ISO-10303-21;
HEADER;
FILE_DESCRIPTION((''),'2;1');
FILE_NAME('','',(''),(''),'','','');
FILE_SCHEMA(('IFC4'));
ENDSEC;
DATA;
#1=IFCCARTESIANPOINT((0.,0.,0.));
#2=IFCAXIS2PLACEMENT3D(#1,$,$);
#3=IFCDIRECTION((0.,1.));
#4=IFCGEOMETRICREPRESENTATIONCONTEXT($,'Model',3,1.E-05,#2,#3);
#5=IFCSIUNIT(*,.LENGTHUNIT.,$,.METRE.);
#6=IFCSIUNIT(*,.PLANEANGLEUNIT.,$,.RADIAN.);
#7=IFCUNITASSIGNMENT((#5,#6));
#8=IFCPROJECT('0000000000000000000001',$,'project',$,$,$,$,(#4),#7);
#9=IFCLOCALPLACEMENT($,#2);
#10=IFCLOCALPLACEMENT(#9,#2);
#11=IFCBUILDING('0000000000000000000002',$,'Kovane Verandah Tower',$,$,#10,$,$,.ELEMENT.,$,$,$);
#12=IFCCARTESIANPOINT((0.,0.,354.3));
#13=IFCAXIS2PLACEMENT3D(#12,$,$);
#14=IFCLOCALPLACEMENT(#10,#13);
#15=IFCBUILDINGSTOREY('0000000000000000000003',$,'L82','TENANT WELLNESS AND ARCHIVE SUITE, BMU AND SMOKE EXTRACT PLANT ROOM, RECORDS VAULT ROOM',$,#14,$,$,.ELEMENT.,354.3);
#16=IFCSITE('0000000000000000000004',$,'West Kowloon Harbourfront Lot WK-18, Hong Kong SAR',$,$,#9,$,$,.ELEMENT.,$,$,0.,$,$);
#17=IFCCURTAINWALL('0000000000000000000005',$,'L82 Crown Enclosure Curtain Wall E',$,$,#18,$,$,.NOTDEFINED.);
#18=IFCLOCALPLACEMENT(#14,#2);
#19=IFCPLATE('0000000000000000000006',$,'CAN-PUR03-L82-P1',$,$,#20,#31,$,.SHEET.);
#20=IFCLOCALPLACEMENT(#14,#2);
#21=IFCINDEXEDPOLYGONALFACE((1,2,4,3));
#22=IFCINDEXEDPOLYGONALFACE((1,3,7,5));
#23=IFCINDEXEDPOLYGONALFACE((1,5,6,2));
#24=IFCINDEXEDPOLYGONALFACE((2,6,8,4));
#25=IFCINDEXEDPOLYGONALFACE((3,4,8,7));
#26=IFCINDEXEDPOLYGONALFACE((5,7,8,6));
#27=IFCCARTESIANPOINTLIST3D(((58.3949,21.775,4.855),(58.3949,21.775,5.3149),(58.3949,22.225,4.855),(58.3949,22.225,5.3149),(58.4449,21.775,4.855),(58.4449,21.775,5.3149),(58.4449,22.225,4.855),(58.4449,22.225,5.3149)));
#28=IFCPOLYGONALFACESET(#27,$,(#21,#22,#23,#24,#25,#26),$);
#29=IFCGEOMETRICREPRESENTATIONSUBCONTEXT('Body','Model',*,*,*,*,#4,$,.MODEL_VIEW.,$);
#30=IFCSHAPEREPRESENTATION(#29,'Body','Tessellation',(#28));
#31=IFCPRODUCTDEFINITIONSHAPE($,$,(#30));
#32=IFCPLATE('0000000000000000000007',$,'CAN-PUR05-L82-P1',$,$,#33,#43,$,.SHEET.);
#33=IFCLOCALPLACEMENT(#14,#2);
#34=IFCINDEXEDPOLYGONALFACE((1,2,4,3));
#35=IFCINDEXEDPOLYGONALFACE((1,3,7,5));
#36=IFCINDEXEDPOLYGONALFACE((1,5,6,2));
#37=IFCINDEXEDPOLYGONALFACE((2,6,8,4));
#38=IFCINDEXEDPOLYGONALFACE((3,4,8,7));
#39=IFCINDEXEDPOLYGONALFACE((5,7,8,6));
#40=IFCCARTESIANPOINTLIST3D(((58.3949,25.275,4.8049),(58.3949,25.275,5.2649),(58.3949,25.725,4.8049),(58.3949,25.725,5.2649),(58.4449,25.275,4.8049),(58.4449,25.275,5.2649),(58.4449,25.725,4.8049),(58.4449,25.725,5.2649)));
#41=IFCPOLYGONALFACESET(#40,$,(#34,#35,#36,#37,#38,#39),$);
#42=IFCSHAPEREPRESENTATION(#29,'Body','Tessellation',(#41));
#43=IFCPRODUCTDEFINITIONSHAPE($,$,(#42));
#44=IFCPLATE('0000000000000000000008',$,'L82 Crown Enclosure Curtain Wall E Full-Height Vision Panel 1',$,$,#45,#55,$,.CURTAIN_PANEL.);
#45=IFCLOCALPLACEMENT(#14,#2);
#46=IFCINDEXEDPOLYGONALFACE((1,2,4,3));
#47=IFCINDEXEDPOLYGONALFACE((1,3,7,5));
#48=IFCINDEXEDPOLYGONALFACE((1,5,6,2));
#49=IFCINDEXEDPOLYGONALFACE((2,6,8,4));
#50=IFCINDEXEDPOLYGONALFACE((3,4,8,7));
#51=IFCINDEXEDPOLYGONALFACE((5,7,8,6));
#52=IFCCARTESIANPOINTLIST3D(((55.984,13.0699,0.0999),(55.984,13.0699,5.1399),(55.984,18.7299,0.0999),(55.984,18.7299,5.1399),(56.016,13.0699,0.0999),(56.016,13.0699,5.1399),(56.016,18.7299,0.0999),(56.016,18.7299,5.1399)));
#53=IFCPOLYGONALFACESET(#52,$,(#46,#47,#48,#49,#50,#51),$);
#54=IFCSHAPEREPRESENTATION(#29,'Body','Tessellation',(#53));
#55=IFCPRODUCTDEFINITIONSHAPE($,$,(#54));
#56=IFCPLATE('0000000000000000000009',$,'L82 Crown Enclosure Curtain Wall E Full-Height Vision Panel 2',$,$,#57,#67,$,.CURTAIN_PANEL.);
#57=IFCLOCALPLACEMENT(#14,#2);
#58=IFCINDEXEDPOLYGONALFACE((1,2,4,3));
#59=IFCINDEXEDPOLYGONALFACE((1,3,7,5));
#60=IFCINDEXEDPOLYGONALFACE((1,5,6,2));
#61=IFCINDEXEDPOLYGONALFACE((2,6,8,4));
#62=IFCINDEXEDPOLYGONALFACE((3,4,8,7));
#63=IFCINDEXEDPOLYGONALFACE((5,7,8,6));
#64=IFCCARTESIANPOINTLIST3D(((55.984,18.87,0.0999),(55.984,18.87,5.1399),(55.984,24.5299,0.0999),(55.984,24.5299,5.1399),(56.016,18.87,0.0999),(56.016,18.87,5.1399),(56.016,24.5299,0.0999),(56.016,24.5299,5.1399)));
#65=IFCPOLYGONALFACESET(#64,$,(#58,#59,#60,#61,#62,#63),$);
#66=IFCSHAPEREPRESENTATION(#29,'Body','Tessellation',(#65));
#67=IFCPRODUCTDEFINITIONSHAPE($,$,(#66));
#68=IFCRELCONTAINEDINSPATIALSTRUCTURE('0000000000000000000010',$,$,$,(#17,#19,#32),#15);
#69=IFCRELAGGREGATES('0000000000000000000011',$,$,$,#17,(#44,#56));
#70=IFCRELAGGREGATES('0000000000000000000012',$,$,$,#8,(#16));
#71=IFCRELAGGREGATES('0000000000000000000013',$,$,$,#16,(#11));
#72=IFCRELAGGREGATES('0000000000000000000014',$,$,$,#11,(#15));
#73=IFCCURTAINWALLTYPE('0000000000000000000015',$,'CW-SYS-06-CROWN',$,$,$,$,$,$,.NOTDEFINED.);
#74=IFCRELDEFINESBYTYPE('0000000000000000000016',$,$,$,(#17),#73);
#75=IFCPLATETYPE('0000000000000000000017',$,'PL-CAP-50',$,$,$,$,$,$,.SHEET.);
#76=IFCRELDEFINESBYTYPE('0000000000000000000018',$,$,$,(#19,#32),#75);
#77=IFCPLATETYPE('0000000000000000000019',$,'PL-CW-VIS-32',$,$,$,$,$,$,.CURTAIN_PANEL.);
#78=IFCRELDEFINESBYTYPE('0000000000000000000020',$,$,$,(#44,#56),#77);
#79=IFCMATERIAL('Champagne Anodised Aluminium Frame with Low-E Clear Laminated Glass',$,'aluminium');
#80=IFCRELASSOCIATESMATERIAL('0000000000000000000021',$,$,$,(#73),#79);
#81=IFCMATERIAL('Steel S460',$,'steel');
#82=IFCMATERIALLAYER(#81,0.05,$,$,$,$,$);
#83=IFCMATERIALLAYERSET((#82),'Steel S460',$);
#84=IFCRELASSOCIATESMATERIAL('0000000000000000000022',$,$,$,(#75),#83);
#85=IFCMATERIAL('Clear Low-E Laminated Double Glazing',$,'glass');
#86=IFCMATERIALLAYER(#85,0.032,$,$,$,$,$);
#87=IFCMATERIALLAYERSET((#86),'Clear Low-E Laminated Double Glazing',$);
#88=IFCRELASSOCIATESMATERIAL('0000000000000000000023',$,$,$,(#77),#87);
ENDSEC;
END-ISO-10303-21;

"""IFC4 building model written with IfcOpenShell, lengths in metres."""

from ifc_helpers import new_model, si_unit, direction, frame, origin, origin_2d, place, context, subcontext, project, spatial, rectangle, extrude, material, layer, layer_set, type_object, element, aggregate, save


model = new_model("IFC4")

# Units and contexts
model_context = context("Model", 3, precision=1e-05, world=origin(), true_north=direction((0.0, 1.0)))
body_context = subcontext(model_context, "Body", "Model", "MODEL_VIEW")
ifc_project = project(units=[si_unit("LENGTHUNIT", "METRE"), si_unit("PLANEANGLEUNIT", "RADIAN")], contexts=[model_context])

# Site, building, storey
site_placement = place(None, origin())
site = spatial("IfcSite", under=ifc_project, at=site_placement, Name="West Kowloon Harbourfront Lot WK-18, Hong Kong SAR", CompositionType="ELEMENT", RefElevation=0.0)
building_placement = place(site_placement, origin())
building = spatial("IfcBuilding", under=site, at=building_placement, Name="Kovane Verandah Tower", CompositionType="ELEMENT")
storey_placement = place(building_placement, frame((0.0, 0.0, 354.3)))
storey = spatial("IfcBuildingStorey", under=building, at=storey_placement, Name="L82", Description="TENANT WELLNESS AND ARCHIVE SUITE, BMU AND SMOKE EXTRACT PLANT ROOM, RECORDS VAULT ROOM", CompositionType="ELEMENT", Elevation=354.3)

# Shared definitions
ifc_material_1 = material(Name="Steel S460", Category="steel")

# Curtain wall
ifc_material_2 = material(Name="Champagne Anodised Aluminium Frame with Low-E Clear Laminated Glass", Category="aluminium")
curtain_wall_type = type_object("IfcCurtainWallType", Name="CW-SYS-06-CROWN", PredefinedType="NOTDEFINED", material=ifc_material_2)
curtain_wall_placement = place(storey_placement, origin())
curtain_wall = element("IfcCurtainWall", 1, at=curtain_wall_placement, inside=storey, type_object=curtain_wall_type, Name="L82 Crown Enclosure Curtain Wall E", PredefinedType="NOTDEFINED")

# Plates
ifc_layer_1 = layer(ifc_material_1, 0.05)
ifc_layer_set_1 = layer_set([ifc_layer_1], Name="Steel S460")
plate_type_1 = type_object("IfcPlateType", Name="PL-CAP-50", PredefinedType="SHEET", material=ifc_layer_set_1)
for number, where, z_axis, x_axis, name in (
    (2, (58.4199, 22.0, 4.855), (0.0, 0.0, 1.0), (1.0, 0.0, 0.0), "CAN-PUR03-L82-P1"),
    (3, (58.4199, 25.5, 4.8049), (0.0, 0.0, 1.0), (1.0, 0.0, 0.0), "CAN-PUR05-L82-P1"),
):
    element("IfcPlate", number, at=place(storey_placement, frame(where, z_axis=z_axis, x_axis=x_axis)), inside=storey, type_object=plate_type_1, Name=name, PredefinedType="SHEET", context=body_context, shape_type="SweptSolid", body=[
        extrude(rectangle(XDim=0.05, YDim=0.45, at=origin_2d()), origin(), (0.0, 0.0, 1.0), 0.46),
    ])

# Plates
ifc_material_3 = material(Name="Clear Low-E Laminated Double Glazing", Category="glass")
ifc_layer_2 = layer(ifc_material_3, 0.032)
ifc_layer_set_2 = layer_set([ifc_layer_2], Name="Clear Low-E Laminated Double Glazing")
plate_type_2 = type_object("IfcPlateType", Name="PL-CW-VIS-32", PredefinedType="CURTAIN_PANEL", material=ifc_layer_set_2)
plate_1_placement = place(storey_placement, frame((56.0, 15.8999, 0.0999), z_axis=(0.0, 0.0, 1.0), x_axis=(0.0, 1.0, 0.0)))
plate_1 = element("IfcPlate", 4, at=plate_1_placement, type_object=plate_type_2, Name="L82 Crown Enclosure Curtain Wall E Full-Height Vision Panel 1", PredefinedType="CURTAIN_PANEL", context=body_context, shape_type="SweptSolid", body=[
    extrude(rectangle(XDim=5.6599, YDim=0.032, at=origin_2d()), origin(), (0.0, 0.0, 1.0), 5.04),
])
plate_2_placement = place(storey_placement, frame((56.0, 21.7, 0.0999), z_axis=(0.0, 0.0, 1.0), x_axis=(0.0, 1.0, 0.0)))
plate_2 = element("IfcPlate", 5, at=plate_2_placement, type_object=plate_type_2, Name="L82 Crown Enclosure Curtain Wall E Full-Height Vision Panel 2", PredefinedType="CURTAIN_PANEL", context=body_context, shape_type="SweptSolid", body=[
    extrude(rectangle(XDim=5.6599, YDim=0.032, at=origin_2d()), origin(), (0.0, 0.0, 1.0), 5.04),
])
aggregate(curtain_wall, [plate_1, plate_2])

save(model, "model.ifc")
